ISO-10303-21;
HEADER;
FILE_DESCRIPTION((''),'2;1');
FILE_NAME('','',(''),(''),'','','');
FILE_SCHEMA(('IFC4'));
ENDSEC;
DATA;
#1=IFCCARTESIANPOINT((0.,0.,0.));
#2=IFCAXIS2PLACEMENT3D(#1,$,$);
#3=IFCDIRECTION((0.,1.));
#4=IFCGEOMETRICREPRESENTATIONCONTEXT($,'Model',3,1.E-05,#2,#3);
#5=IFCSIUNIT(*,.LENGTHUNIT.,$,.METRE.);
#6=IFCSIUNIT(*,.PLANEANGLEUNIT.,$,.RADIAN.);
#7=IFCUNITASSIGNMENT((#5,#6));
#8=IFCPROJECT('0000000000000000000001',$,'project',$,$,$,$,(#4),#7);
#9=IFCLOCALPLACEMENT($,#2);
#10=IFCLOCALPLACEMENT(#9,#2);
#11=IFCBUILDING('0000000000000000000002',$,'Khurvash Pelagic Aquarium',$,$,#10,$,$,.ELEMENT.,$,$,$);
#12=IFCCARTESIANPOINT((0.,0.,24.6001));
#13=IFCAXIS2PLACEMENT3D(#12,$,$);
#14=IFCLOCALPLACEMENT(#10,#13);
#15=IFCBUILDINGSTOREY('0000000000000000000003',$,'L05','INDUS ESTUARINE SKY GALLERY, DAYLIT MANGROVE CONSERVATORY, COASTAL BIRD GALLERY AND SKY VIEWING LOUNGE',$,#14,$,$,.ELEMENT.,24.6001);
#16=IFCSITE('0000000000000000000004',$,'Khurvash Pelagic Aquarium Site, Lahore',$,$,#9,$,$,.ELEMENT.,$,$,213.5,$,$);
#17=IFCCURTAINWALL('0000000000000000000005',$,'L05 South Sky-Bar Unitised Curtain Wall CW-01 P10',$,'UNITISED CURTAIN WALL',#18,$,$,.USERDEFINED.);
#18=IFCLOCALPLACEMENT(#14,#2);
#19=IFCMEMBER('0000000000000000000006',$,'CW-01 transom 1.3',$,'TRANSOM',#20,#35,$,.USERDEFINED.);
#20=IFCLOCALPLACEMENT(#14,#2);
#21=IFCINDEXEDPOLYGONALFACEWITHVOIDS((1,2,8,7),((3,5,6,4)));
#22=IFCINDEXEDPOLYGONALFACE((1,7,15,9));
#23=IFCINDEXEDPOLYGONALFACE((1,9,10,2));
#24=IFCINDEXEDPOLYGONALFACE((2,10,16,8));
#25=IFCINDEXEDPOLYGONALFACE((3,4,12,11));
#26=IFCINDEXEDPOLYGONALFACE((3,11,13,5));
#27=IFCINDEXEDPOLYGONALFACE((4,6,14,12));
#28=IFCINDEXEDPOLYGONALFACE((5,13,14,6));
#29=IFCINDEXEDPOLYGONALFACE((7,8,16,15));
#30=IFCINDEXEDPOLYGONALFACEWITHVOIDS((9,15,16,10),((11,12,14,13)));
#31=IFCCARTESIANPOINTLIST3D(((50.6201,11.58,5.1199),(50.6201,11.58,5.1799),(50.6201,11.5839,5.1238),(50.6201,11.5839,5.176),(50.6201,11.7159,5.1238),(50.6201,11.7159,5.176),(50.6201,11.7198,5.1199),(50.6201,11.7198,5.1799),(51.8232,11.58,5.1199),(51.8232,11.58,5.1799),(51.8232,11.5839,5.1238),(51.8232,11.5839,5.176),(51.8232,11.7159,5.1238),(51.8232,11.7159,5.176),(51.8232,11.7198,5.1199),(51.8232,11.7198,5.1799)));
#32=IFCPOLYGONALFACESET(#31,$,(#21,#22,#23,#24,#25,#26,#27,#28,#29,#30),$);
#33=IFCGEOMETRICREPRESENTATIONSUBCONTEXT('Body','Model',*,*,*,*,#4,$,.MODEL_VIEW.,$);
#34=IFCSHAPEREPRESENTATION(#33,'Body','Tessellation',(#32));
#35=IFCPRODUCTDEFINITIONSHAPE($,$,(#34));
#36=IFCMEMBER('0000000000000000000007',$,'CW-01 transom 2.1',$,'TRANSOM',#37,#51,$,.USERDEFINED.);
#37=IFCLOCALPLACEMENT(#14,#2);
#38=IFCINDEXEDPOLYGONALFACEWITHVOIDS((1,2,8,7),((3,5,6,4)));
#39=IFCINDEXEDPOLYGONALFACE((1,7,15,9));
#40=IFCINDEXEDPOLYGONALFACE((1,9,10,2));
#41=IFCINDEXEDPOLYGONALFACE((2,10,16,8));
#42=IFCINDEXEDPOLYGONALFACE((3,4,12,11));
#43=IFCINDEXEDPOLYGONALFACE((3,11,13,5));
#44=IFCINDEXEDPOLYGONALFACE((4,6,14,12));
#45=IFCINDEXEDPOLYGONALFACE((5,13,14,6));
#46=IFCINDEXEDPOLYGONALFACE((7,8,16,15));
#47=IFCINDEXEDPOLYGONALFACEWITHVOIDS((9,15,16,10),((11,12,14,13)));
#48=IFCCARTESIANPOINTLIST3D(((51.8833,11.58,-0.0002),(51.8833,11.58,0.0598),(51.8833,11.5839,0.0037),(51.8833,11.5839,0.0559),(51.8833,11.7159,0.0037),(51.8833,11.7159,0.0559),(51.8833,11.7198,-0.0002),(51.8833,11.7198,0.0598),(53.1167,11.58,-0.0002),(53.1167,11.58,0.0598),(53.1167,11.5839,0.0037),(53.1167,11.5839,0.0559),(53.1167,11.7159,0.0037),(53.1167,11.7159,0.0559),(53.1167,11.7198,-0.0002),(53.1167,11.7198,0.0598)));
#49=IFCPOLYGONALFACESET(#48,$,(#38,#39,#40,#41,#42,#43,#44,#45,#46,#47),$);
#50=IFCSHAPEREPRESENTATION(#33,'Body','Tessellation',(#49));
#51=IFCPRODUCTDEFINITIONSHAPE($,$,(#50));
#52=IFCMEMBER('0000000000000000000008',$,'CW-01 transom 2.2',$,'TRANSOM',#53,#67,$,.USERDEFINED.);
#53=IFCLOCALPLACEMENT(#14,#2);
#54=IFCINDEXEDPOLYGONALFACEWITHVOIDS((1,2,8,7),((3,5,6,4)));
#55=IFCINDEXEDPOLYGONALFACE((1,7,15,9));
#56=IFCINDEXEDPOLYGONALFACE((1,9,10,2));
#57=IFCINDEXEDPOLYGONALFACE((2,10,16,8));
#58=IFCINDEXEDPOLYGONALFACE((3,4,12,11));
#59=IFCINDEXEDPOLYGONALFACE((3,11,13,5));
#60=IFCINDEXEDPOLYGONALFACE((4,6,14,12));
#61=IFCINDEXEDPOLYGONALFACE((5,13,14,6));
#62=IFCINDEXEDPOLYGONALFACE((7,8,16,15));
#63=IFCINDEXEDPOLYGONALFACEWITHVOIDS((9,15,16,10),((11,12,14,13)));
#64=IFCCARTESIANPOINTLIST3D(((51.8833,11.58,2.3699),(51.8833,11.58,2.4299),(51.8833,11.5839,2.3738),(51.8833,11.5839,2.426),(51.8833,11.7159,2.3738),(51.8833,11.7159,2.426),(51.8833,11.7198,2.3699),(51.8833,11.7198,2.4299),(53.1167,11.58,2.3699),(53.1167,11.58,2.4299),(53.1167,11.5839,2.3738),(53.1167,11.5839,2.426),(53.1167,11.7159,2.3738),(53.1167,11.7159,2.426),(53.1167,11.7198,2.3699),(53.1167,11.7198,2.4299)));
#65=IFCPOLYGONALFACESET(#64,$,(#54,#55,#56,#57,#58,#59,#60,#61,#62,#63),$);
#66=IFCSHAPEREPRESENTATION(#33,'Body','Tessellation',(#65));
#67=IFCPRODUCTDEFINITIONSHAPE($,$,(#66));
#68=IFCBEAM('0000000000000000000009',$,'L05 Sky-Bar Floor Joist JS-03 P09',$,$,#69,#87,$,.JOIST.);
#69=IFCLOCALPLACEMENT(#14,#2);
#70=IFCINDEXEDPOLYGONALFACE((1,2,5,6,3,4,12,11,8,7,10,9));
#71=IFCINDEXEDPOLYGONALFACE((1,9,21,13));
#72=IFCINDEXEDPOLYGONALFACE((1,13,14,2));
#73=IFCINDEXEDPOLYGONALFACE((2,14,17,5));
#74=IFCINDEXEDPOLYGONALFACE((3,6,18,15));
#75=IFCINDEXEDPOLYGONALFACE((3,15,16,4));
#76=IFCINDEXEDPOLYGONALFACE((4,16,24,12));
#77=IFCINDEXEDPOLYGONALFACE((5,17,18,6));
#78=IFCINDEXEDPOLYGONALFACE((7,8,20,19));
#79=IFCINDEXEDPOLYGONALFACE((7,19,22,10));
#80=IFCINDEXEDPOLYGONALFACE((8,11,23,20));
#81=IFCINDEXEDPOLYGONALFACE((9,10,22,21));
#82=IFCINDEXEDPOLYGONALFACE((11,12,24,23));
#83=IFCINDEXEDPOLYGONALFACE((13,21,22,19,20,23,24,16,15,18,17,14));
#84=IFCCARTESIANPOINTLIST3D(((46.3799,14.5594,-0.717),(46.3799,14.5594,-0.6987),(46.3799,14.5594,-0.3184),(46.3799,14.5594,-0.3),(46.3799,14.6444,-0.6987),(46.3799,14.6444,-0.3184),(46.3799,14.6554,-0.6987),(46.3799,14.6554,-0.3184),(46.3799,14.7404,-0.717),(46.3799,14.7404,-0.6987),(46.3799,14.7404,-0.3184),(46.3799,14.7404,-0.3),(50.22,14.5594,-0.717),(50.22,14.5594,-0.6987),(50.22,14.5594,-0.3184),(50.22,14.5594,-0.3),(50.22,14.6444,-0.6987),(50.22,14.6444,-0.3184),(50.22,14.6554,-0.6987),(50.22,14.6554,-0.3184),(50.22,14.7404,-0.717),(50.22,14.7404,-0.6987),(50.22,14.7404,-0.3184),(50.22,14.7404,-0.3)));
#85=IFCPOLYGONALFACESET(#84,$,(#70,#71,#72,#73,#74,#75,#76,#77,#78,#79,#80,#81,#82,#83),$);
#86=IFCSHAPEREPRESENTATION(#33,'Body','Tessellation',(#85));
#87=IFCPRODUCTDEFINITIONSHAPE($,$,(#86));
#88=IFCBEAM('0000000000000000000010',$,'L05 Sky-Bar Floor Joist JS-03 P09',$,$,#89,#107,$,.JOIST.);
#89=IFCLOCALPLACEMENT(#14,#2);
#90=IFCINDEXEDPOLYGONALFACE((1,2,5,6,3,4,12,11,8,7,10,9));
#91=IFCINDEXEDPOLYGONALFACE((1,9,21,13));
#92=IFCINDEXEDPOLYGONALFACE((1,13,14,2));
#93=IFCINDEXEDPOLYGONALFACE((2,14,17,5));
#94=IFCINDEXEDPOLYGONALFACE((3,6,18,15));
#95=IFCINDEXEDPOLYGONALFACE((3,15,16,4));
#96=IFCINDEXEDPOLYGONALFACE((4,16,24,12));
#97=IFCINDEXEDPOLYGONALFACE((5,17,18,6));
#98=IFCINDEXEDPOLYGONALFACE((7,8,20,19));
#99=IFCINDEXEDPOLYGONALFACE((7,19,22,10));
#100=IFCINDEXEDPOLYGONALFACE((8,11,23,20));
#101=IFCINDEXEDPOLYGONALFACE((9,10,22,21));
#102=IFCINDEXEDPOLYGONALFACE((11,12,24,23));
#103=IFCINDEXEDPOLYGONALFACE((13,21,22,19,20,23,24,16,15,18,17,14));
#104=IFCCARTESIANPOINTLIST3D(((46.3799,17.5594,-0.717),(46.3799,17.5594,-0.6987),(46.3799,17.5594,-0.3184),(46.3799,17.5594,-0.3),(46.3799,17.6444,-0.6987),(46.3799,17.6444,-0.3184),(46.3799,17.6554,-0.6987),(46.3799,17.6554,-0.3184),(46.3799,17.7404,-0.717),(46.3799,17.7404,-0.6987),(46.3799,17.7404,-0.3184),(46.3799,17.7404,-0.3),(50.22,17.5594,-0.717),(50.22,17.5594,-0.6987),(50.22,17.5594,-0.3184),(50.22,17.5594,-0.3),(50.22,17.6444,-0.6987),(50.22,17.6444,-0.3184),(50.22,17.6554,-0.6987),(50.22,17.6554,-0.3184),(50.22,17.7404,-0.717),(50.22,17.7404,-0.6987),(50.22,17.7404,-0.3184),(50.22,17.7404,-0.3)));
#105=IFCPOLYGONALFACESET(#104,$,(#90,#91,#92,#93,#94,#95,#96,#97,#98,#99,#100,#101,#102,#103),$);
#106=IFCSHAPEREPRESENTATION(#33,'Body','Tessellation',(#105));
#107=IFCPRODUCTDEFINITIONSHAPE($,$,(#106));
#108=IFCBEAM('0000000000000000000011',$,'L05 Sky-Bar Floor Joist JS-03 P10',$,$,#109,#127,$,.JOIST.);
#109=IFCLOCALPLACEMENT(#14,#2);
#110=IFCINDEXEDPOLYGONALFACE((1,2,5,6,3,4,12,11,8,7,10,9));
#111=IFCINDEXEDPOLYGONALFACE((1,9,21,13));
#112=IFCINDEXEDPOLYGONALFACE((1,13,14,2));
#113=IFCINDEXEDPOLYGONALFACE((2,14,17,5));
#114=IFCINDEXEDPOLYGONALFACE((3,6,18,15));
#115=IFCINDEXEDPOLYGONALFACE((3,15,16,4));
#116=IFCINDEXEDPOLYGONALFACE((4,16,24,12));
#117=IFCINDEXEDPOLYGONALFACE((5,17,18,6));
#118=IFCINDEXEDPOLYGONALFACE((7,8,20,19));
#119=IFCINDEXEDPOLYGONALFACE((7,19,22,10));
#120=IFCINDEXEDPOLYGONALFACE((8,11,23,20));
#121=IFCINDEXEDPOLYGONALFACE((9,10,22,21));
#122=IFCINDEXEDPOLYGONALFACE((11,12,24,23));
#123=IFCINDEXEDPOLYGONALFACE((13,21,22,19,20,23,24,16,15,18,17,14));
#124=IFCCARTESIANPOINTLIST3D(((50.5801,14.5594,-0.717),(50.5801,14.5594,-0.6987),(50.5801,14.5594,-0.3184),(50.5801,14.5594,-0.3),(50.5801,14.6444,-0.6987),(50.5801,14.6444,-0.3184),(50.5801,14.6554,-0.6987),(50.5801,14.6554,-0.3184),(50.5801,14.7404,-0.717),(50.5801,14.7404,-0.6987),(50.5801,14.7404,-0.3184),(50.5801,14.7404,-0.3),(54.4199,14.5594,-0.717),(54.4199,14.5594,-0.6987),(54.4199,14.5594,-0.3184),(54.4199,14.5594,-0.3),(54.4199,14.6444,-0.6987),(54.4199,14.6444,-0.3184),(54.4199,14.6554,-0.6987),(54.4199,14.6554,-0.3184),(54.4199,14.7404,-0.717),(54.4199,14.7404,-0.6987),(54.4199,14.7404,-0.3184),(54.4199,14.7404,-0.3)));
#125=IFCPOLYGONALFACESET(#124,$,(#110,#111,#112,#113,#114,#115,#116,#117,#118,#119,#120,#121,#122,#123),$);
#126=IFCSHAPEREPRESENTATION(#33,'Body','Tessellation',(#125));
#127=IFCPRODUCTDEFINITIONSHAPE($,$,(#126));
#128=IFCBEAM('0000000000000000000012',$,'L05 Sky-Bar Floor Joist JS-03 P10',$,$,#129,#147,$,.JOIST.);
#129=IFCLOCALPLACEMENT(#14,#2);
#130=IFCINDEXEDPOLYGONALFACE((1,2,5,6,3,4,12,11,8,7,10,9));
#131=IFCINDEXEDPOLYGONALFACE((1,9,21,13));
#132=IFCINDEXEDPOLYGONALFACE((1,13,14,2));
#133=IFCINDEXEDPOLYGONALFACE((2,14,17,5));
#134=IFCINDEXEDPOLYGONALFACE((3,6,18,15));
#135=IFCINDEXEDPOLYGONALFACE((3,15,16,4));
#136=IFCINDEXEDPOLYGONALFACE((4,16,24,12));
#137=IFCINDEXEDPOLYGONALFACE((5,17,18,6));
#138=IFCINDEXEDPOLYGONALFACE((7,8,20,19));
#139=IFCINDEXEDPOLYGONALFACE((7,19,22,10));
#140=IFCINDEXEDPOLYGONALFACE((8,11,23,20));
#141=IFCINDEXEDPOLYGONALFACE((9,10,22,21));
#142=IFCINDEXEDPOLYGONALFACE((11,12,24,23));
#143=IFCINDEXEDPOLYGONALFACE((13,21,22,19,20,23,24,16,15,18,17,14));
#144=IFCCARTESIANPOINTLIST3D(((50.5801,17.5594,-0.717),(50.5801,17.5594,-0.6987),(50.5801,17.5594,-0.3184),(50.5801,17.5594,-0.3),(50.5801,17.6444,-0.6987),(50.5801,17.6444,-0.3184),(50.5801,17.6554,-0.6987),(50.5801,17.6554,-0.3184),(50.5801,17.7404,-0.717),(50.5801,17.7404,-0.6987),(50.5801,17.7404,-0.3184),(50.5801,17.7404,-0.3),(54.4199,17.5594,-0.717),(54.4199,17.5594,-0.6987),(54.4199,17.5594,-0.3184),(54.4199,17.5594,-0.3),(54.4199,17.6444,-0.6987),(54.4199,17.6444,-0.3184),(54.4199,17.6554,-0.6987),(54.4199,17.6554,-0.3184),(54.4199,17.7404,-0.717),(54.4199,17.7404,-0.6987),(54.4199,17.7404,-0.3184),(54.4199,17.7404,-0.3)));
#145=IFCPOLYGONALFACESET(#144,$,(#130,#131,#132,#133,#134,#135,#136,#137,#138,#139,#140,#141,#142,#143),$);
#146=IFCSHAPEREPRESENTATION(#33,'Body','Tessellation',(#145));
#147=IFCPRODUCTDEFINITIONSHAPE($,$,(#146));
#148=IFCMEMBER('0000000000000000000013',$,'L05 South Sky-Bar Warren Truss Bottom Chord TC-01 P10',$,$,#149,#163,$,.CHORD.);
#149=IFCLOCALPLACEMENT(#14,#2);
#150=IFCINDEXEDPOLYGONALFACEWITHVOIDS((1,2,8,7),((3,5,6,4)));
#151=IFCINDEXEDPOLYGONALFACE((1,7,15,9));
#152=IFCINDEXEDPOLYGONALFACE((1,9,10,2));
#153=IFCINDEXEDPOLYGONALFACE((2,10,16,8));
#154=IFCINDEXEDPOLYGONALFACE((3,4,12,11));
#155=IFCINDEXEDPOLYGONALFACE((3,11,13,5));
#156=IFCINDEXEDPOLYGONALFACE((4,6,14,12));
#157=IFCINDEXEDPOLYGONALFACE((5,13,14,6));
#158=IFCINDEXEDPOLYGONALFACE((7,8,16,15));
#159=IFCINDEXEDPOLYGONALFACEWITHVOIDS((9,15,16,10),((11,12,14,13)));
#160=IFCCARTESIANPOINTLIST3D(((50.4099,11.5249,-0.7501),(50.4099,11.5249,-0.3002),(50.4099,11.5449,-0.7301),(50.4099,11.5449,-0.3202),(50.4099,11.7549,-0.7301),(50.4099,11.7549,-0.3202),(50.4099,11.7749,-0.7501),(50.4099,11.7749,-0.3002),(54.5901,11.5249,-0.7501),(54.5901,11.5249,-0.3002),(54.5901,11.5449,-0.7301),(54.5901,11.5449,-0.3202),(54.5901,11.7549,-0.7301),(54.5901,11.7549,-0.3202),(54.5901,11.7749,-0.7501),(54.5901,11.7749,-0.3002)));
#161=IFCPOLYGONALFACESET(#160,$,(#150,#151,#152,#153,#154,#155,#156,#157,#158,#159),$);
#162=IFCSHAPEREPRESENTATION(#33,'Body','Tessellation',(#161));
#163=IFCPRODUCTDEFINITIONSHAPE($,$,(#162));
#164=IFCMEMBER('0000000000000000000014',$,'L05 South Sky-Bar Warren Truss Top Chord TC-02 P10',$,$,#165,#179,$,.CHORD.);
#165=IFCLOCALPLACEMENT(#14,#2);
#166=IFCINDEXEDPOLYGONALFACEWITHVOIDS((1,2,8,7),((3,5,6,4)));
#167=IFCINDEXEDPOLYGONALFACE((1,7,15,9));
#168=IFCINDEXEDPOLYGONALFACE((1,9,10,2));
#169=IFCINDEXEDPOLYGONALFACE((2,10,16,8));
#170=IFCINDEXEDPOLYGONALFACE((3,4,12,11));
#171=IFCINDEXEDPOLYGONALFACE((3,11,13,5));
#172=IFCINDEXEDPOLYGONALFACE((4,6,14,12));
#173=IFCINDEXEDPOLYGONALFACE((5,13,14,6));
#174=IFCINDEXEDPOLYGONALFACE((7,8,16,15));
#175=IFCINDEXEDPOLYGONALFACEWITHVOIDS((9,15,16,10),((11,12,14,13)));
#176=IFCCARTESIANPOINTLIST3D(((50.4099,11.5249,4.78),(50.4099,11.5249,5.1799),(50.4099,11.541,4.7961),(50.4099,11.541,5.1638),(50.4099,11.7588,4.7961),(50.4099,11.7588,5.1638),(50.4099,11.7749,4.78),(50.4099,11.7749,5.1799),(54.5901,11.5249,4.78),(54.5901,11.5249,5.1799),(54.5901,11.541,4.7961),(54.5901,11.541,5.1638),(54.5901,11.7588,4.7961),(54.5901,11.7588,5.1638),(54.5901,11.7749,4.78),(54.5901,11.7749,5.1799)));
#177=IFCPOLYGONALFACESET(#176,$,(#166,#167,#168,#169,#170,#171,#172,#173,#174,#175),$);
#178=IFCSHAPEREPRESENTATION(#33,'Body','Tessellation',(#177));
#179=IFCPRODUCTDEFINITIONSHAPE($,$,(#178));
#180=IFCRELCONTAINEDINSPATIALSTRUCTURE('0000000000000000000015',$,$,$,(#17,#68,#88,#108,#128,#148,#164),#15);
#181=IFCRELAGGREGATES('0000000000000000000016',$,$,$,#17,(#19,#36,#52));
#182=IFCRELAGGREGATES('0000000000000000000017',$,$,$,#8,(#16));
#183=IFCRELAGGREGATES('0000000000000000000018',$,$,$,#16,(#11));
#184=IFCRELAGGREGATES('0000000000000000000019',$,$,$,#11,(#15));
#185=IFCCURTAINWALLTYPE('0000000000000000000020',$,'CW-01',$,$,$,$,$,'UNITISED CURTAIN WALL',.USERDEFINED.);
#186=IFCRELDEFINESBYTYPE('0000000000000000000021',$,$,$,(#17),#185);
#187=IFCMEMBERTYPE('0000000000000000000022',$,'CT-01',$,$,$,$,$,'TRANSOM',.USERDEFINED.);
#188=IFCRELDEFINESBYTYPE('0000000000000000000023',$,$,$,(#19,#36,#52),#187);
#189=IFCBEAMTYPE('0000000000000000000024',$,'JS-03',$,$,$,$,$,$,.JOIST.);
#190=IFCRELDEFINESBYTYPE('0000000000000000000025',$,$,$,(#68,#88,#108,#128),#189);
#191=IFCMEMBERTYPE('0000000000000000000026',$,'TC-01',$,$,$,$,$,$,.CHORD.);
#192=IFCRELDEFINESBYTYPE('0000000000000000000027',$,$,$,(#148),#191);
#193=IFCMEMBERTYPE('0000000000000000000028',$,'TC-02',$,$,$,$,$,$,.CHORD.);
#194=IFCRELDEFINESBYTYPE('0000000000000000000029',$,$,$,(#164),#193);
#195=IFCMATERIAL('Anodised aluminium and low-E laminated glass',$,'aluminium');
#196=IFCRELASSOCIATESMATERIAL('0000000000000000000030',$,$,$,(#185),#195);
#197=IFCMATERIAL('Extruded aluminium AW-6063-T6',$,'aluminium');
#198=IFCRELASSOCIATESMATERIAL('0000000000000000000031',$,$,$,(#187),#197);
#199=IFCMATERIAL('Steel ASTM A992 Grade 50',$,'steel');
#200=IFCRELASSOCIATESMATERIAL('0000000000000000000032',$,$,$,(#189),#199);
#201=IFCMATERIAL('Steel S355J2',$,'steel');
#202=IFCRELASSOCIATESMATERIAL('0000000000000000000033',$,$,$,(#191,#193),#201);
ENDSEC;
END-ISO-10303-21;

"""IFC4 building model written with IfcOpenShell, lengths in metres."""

from ifc_helpers import new_model, si_unit, direction, frame, origin, origin_2d, place, context, subcontext, project, spatial, hollow_rectangle, i_section, extrude, material, material_profile, profile_set, type_object, element, aggregate, save


model = new_model("IFC4")

# Units and contexts
model_context = context("Model", 3, precision=1e-05, world=origin(), true_north=direction((0.0, 1.0)))
body_context = subcontext(model_context, "Body", "Model", "MODEL_VIEW")
ifc_project = project(units=[si_unit("LENGTHUNIT", "METRE"), si_unit("PLANEANGLEUNIT", "RADIAN")], contexts=[model_context])

# Site, building, storey
site_placement = place(None, origin())
site = spatial("IfcSite", under=ifc_project, at=site_placement, Name="Khurvash Pelagic Aquarium Site, Lahore", CompositionType="ELEMENT", RefElevation=213.5)
building_placement = place(site_placement, origin())
building = spatial("IfcBuilding", under=site, at=building_placement, Name="Khurvash Pelagic Aquarium", CompositionType="ELEMENT")
storey_placement = place(building_placement, frame((0.0, 0.0, 24.6001)))
storey = spatial("IfcBuildingStorey", under=building, at=storey_placement, Name="L05", Description="INDUS ESTUARINE SKY GALLERY, DAYLIT MANGROVE CONSERVATORY, COASTAL BIRD GALLERY AND SKY VIEWING LOUNGE", CompositionType="ELEMENT", Elevation=24.6001)

# Shared definitions
ifc_material_1 = material(Name="Steel ASTM A992 Grade 50", Category="steel")

# Shared definitions
ifc_material_2 = material(Name="Anodised aluminium and low-E laminated glass", Category="aluminium")
curtain_wall_type = type_object("IfcCurtainWallType", Name="CW-01", ElementType="UNITISED CURTAIN WALL", PredefinedType="USERDEFINED", material=ifc_material_2)
ifc_material_3 = material(Name="Extruded aluminium AW-6063-T6", Category="aluminium")

# Curtain wall
curtain_wall_1_placement = place(storey_placement, origin())
curtain_wall_1 = element("IfcCurtainWall", 1, at=curtain_wall_1_placement, inside=storey, type_object=curtain_wall_type, Name="L05 South Sky-Bar Unitised Curtain Wall CW-01 P10", ObjectType="UNITISED CURTAIN WALL", PredefinedType="USERDEFINED")

# Members
ifc_material_profile_1 = material_profile(ifc_material_3, hollow_rectangle(XDim=0.1399, YDim=0.0601, WallThickness=0.0039, at=origin_2d()), Name="CWT140X60X4")
ifc_profile_set_1 = profile_set([ifc_material_profile_1], Name="Extruded aluminium AW-6063-T6")
member_type_1 = type_object("IfcMemberType", Name="CT-01", ElementType="TRANSOM", PredefinedType="USERDEFINED", material=ifc_profile_set_1)
member_1_placement = place(storey_placement, frame((50.6201, 11.6499, 5.1499), z_axis=(1.0, 0.0, 0.0), x_axis=(0.0, 1.0, 0.0)))
member_1 = element("IfcMember", 2, at=member_1_placement, type_object=member_type_1, Name="CW-01 transom 1.3", ObjectType="TRANSOM", PredefinedType="USERDEFINED", context=body_context, shape_type="SweptSolid", body=[
    extrude(hollow_rectangle(XDim=0.1399, YDim=0.0601, WallThickness=0.0039, at=origin_2d()), origin(), (0.0, 0.0, 1.0), 1.2031),
])
member_2_placement = place(storey_placement, frame((51.8833, 11.6499, 0.0298), z_axis=(1.0, 0.0, 0.0), x_axis=(0.0, 1.0, 0.0)))
member_2 = element("IfcMember", 3, at=member_2_placement, type_object=member_type_1, Name="CW-01 transom 2.1", ObjectType="TRANSOM", PredefinedType="USERDEFINED", context=body_context, shape_type="SweptSolid", body=[
    extrude(hollow_rectangle(XDim=0.1399, YDim=0.0601, WallThickness=0.0039, at=origin_2d()), origin(), (0.0, 0.0, 1.0), 1.2334),
])
member_3_placement = place(storey_placement, frame((51.8833, 11.6499, 2.3999), z_axis=(1.0, 0.0, 0.0), x_axis=(0.0, 1.0, 0.0)))
member_3 = element("IfcMember", 4, at=member_3_placement, type_object=member_type_1, Name="CW-01 transom 2.2", ObjectType="TRANSOM", PredefinedType="USERDEFINED", context=body_context, shape_type="SweptSolid", body=[
    extrude(hollow_rectangle(XDim=0.1399, YDim=0.0601, WallThickness=0.0039, at=origin_2d()), origin(), (0.0, 0.0, 1.0), 1.2334),
])

# Beams
ifc_material_profile_2 = material_profile(ifc_material_1, i_section(OverallWidth=0.1809, OverallDepth=0.417, WebThickness=0.011, FlangeThickness=0.0183, at=origin_2d()), Name="W16X57")
ifc_profile_set_2 = profile_set([ifc_material_profile_2], Name="Steel ASTM A992 Grade 50")
beam_type_1 = type_object("IfcBeamType", Name="JS-03", PredefinedType="JOIST", material=ifc_profile_set_2)
for number, where, z_axis, x_axis, name in (
    (5, (46.3799, 14.6499, -0.5085), (1.0, 0.0, 0.0), (0.0, 1.0, 0.0), "L05 Sky-Bar Floor Joist JS-03 P09"),
    (6, (46.3799, 17.6499, -0.5085), (1.0, 0.0, 0.0), (0.0, 1.0, 0.0), "L05 Sky-Bar Floor Joist JS-03 P09"),
):
    element("IfcBeam", number, at=place(storey_placement, frame(where, z_axis=z_axis, x_axis=x_axis)), inside=storey, type_object=beam_type_1, Name=name, PredefinedType="JOIST", context=body_context, shape_type="SweptSolid", body=[
        extrude(i_section(OverallWidth=0.1809, OverallDepth=0.417, WebThickness=0.011, FlangeThickness=0.0183, at=origin_2d()), origin(), (0.0, 0.0, 1.0), 3.8401),
    ])
for number, where, z_axis, x_axis, name in (
    (7, (50.5801, 14.6499, -0.5085), (1.0, 0.0, 0.0), (0.0, 1.0, 0.0), "L05 Sky-Bar Floor Joist JS-03 P10"),
    (8, (50.5801, 17.6499, -0.5085), (1.0, 0.0, 0.0), (0.0, 1.0, 0.0), "L05 Sky-Bar Floor Joist JS-03 P10"),
):
    element("IfcBeam", number, at=place(storey_placement, frame(where, z_axis=z_axis, x_axis=x_axis)), inside=storey, type_object=beam_type_1, Name=name, PredefinedType="JOIST", context=body_context, shape_type="SweptSolid", body=[
        extrude(i_section(OverallWidth=0.1809, OverallDepth=0.417, WebThickness=0.011, FlangeThickness=0.0183, at=origin_2d()), origin(), (0.0, 0.0, 1.0), 3.8398),
    ])

# Members
ifc_material_4 = material(Name="Steel S355J2", Category="steel")
ifc_material_profile_3 = material_profile(ifc_material_4, hollow_rectangle(XDim=0.25, YDim=0.45, WallThickness=0.02, at=origin_2d()), Name="RHS450X250X20")
ifc_profile_set_3 = profile_set([ifc_material_profile_3], Name="Steel S355J2")
member_type_2 = type_object("IfcMemberType", Name="TC-01", PredefinedType="CHORD", material=ifc_profile_set_3)
member_4_placement = place(storey_placement, frame((50.4099, 11.6499, -0.5251), z_axis=(1.0, 0.0, 0.0), x_axis=(0.0, 1.0, 0.0)))
element("IfcMember", 9, at=member_4_placement, inside=storey, type_object=member_type_2, Name="L05 South Sky-Bar Warren Truss Bottom Chord TC-01 P10", PredefinedType="CHORD", context=body_context, shape_type="SweptSolid", body=[
    extrude(hollow_rectangle(XDim=0.25, YDim=0.45, WallThickness=0.02, at=origin_2d()), origin(), (0.0, 0.0, 1.0), 4.1802),
])
ifc_material_profile_4 = material_profile(ifc_material_4, hollow_rectangle(XDim=0.25, YDim=0.3999, WallThickness=0.0161, at=origin_2d()), Name="RHS400X250X16")
ifc_profile_set_4 = profile_set([ifc_material_profile_4], Name="Steel S355J2")
member_type_3 = type_object("IfcMemberType", Name="TC-02", PredefinedType="CHORD", material=ifc_profile_set_4)
member_5_placement = place(storey_placement, frame((50.4099, 11.6499, 4.98), z_axis=(1.0, 0.0, 0.0), x_axis=(0.0, 1.0, 0.0)))
element("IfcMember", 10, at=member_5_placement, inside=storey, type_object=member_type_3, Name="L05 South Sky-Bar Warren Truss Top Chord TC-02 P10", PredefinedType="CHORD", context=body_context, shape_type="SweptSolid", body=[
    extrude(hollow_rectangle(XDim=0.25, YDim=0.3999, WallThickness=0.0161, at=origin_2d()), origin(), (0.0, 0.0, 1.0), 4.1802),
])

aggregate(curtain_wall_1, [member_1, member_2, member_3])

save(model, "model.ifc")
